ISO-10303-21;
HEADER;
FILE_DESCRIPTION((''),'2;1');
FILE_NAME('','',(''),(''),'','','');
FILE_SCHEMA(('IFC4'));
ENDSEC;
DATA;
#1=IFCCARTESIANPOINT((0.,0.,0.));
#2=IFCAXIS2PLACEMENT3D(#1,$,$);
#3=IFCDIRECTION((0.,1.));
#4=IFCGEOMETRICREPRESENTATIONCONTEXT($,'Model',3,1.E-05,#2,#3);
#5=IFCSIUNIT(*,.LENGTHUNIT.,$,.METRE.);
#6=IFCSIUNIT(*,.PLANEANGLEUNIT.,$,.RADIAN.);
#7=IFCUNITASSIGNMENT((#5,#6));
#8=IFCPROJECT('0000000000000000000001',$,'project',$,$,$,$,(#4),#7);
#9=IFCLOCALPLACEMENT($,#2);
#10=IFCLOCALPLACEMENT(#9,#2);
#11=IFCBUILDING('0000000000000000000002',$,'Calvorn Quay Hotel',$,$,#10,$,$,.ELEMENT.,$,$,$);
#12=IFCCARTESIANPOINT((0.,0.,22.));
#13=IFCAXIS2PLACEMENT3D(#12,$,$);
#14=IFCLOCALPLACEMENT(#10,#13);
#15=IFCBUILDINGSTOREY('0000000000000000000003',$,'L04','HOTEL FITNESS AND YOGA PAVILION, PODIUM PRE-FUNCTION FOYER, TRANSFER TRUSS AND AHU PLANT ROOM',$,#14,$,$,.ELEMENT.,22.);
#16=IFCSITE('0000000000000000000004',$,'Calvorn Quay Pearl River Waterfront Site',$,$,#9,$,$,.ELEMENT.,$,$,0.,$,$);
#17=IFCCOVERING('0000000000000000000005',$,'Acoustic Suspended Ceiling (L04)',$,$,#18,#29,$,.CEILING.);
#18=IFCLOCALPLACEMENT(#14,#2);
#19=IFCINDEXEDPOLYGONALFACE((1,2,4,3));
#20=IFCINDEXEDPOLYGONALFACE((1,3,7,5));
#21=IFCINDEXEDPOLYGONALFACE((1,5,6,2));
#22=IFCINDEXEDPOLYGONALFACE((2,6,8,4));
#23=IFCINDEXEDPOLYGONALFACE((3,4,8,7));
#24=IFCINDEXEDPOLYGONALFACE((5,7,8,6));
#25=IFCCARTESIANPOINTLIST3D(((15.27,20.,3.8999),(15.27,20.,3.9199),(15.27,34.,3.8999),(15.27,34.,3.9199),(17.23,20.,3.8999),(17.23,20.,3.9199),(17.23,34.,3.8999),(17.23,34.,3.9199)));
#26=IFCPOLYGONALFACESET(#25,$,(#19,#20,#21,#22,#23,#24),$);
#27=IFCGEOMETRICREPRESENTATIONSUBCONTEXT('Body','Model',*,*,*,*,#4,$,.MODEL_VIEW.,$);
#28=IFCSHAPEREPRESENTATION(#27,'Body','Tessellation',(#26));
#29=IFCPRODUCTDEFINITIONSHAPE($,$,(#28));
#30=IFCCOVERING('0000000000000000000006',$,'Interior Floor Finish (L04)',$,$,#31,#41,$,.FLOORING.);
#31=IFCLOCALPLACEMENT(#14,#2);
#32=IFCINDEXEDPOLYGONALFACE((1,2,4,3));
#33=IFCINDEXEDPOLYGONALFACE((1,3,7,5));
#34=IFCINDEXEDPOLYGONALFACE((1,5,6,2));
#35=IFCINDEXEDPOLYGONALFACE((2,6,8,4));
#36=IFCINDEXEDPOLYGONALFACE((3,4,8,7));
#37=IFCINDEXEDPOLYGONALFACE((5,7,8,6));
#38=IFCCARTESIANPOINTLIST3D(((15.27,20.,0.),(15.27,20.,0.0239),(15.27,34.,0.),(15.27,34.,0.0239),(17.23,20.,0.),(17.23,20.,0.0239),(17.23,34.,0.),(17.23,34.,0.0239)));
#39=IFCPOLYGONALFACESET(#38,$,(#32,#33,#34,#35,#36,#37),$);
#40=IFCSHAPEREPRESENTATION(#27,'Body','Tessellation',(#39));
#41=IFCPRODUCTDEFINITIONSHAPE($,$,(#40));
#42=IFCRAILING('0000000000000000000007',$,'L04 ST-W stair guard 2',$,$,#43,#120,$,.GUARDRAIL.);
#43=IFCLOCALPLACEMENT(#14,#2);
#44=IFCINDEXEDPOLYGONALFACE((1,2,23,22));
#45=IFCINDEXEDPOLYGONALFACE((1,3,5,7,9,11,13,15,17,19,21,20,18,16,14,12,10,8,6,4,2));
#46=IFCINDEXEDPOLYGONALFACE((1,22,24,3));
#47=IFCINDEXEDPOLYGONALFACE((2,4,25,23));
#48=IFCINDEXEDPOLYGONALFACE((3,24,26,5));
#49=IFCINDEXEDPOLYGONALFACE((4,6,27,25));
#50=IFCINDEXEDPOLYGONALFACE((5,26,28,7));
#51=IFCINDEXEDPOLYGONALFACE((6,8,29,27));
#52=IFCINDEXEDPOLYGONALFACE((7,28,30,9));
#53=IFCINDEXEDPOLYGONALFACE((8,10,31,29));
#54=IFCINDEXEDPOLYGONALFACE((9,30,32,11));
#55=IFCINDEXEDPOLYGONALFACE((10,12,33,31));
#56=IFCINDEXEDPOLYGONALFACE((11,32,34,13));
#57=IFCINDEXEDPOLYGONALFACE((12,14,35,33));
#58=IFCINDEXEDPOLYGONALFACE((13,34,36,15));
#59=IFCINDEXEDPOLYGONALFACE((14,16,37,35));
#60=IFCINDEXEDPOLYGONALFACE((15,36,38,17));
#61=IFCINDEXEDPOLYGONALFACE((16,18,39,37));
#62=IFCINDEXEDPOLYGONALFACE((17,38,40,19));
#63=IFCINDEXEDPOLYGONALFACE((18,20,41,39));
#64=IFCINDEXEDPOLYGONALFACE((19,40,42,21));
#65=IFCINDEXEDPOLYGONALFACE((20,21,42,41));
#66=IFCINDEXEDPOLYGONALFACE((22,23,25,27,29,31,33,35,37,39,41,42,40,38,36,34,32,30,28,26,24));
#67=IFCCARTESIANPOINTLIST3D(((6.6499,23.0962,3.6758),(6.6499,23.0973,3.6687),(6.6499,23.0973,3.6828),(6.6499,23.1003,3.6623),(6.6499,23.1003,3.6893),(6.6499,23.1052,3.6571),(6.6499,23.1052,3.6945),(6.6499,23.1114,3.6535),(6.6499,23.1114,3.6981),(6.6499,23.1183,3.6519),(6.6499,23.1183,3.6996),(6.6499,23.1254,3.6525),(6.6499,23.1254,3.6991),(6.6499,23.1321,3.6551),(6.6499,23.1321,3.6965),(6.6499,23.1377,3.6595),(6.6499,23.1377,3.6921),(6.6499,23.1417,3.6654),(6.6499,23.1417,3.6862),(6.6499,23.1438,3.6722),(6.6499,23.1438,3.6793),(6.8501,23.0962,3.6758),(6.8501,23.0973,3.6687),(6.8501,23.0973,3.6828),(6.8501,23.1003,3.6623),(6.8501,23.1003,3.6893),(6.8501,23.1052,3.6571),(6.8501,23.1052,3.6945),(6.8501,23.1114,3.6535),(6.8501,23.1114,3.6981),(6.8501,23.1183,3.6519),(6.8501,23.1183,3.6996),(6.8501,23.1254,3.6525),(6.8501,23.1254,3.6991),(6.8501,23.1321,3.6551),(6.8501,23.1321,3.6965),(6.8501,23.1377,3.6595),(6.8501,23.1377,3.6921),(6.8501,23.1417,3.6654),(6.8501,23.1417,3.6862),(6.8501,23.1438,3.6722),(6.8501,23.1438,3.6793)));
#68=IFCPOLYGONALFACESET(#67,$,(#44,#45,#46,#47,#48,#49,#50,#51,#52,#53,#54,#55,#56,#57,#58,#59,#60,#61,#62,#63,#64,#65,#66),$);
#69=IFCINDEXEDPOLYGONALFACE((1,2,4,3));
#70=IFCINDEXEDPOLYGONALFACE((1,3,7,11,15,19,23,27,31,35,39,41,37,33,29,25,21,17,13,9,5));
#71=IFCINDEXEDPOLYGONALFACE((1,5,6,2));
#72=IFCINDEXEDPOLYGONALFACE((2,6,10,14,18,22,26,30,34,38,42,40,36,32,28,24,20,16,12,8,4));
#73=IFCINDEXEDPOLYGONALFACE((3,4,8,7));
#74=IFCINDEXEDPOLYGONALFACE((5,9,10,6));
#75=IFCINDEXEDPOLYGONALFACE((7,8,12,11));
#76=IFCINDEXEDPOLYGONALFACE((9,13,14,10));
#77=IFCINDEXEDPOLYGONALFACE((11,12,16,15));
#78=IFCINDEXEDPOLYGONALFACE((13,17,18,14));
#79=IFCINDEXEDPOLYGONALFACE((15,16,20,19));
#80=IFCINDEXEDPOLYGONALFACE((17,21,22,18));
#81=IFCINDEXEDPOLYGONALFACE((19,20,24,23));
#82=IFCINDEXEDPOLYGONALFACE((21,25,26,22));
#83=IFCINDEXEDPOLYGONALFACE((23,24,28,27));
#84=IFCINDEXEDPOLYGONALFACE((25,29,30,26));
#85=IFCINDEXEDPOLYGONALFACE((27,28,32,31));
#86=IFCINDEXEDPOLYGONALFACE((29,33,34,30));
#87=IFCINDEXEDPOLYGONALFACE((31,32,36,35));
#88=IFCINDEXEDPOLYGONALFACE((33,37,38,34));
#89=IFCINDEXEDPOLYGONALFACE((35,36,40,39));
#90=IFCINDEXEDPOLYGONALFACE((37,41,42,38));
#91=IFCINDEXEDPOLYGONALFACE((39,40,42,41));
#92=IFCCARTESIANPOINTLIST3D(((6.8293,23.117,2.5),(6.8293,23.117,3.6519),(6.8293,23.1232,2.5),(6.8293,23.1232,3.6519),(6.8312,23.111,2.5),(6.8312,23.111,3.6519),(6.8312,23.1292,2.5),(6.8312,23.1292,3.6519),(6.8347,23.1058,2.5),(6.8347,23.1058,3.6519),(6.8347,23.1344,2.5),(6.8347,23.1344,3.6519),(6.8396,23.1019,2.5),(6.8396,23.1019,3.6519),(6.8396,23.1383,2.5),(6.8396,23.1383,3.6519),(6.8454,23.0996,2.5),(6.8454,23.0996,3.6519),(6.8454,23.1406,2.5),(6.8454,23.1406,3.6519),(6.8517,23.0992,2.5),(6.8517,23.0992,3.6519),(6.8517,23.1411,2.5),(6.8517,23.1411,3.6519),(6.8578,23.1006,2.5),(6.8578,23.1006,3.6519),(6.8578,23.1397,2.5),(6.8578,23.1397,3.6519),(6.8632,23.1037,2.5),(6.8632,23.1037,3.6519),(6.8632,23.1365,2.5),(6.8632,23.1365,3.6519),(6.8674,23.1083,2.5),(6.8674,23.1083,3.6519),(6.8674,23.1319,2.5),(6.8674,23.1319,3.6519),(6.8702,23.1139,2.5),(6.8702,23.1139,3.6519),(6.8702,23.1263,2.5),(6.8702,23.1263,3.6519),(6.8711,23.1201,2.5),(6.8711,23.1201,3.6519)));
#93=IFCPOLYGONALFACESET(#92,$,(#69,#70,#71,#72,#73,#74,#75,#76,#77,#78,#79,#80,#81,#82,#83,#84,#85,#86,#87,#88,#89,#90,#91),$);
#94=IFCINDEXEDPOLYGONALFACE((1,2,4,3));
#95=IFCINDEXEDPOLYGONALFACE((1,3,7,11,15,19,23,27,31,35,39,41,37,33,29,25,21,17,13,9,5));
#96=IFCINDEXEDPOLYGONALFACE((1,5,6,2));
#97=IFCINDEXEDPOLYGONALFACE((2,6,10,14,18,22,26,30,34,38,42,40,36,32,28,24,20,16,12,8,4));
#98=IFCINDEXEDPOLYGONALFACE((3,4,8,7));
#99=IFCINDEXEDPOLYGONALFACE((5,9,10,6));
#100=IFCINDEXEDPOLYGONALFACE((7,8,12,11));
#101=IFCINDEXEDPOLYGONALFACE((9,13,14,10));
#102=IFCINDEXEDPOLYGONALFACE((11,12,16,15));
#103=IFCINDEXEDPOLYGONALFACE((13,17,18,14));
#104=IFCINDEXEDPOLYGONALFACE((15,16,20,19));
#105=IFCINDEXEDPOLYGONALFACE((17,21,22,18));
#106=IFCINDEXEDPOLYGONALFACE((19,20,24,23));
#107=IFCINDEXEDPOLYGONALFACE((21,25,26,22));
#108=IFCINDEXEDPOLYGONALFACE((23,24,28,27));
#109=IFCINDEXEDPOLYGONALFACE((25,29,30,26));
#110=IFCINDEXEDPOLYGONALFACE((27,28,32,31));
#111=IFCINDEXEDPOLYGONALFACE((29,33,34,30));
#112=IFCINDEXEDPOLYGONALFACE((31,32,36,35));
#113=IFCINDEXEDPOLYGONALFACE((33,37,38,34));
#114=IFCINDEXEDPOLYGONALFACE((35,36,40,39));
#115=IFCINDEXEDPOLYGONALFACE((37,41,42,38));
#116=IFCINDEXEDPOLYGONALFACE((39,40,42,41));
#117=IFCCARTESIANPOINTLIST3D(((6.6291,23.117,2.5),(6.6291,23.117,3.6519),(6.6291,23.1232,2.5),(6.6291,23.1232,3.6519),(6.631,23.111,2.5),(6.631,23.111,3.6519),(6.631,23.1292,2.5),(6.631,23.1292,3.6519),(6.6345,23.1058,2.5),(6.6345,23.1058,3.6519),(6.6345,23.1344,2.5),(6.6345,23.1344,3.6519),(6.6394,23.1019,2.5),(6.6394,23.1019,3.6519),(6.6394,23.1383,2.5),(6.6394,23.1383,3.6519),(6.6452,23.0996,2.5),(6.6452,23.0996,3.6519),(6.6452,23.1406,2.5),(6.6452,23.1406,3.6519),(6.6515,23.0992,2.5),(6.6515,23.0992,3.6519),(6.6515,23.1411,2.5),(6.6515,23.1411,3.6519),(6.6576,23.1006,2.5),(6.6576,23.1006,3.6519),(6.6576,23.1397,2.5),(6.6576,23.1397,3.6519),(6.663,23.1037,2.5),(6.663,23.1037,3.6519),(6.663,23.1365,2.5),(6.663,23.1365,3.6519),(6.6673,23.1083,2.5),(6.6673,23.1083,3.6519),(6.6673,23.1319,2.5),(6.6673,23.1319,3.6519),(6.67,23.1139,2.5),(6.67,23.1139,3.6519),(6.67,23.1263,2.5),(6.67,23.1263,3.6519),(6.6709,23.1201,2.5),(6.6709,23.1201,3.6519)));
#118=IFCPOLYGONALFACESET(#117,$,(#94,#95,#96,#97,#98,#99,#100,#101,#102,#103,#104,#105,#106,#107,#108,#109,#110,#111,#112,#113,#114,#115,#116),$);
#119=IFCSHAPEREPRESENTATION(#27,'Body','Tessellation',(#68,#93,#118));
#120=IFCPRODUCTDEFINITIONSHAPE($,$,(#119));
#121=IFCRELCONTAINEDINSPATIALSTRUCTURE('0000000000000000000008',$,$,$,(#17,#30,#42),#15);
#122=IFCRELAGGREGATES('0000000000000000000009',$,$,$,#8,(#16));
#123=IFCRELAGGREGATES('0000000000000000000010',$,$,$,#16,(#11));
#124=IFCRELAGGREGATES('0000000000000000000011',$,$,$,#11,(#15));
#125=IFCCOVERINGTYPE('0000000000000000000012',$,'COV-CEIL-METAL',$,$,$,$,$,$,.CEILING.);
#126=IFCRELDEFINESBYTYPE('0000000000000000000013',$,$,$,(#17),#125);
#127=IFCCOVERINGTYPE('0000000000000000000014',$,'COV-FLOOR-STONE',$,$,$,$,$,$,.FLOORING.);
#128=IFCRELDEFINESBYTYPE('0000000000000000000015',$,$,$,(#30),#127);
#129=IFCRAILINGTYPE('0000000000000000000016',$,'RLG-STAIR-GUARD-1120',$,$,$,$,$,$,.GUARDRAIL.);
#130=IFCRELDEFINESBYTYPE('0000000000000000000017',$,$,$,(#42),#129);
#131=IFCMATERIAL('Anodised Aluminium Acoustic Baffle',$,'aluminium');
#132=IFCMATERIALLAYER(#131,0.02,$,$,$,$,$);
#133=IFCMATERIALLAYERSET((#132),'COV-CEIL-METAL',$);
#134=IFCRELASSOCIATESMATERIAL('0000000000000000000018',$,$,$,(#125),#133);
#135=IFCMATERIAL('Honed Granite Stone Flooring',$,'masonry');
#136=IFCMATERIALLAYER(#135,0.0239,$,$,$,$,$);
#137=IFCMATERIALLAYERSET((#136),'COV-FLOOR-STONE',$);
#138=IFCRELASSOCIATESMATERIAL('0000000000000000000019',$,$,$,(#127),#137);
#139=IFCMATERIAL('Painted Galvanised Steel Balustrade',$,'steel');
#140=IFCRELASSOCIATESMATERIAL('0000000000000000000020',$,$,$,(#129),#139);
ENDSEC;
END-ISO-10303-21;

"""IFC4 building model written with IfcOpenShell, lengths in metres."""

from ifc_helpers import new_model, si_unit, direction, frame, origin, origin_2d, place, context, subcontext, project, spatial, rectangle, circle, extrude, material, layer, layer_set, type_object, element, save


model = new_model("IFC4")

# Units and contexts
model_context = context("Model", 3, precision=1e-05, world=origin(), true_north=direction((0.0, 1.0)))
body_context = subcontext(model_context, "Body", "Model", "MODEL_VIEW")
ifc_project = project(units=[si_unit("LENGTHUNIT", "METRE"), si_unit("PLANEANGLEUNIT", "RADIAN")], contexts=[model_context])

# Site, building, storey
site_placement = place(None, origin())
site = spatial("IfcSite", under=ifc_project, at=site_placement, Name="Calvorn Quay Pearl River Waterfront Site", CompositionType="ELEMENT", RefElevation=0.0)
building_placement = place(site_placement, origin())
building = spatial("IfcBuilding", under=site, at=building_placement, Name="Calvorn Quay Hotel", CompositionType="ELEMENT")
storey_placement = place(building_placement, frame((0.0, 0.0, 22.0)))
storey = spatial("IfcBuildingStorey", under=building, at=storey_placement, Name="L04", Description="HOTEL FITNESS AND YOGA PAVILION, PODIUM PRE-FUNCTION FOYER, TRANSFER TRUSS AND AHU PLANT ROOM", CompositionType="ELEMENT", Elevation=22.0)

# Coverings
ifc_material_1 = material(Name="Anodised Aluminium Acoustic Baffle", Category="aluminium")
ifc_layer_1 = layer(ifc_material_1, 0.02)
ifc_layer_set_1 = layer_set([ifc_layer_1], Name="COV-CEIL-METAL")
covering_type_1 = type_object("IfcCoveringType", Name="COV-CEIL-METAL", PredefinedType="CEILING", material=ifc_layer_set_1)
covering_1_placement = place(storey_placement, frame((16.25, 27.0, 3.8999), z_axis=(0.0, 0.0, 1.0), x_axis=(1.0, 0.0, 0.0)))
element("IfcCovering", 1, at=covering_1_placement, inside=storey, type_object=covering_type_1, Name="Acoustic Suspended Ceiling (L04)", PredefinedType="CEILING", context=body_context, shape_type="SweptSolid", body=[
    extrude(rectangle(XDim=1.96, YDim=14.0, at=origin_2d()), origin(), (0.0, 0.0, 1.0), 0.02),
])
ifc_material_2 = material(Name="Honed Granite Stone Flooring", Category="masonry")
ifc_layer_2 = layer(ifc_material_2, 0.0239)
ifc_layer_set_2 = layer_set([ifc_layer_2], Name="COV-FLOOR-STONE")
covering_type_2 = type_object("IfcCoveringType", Name="COV-FLOOR-STONE", PredefinedType="FLOORING", material=ifc_layer_set_2)
covering_2_placement = place(storey_placement, frame((16.25, 27.0, 0.0), z_axis=(0.0, 0.0, 1.0), x_axis=(1.0, 0.0, 0.0)))
element("IfcCovering", 2, at=covering_2_placement, inside=storey, type_object=covering_type_2, Name="Interior Floor Finish (L04)", PredefinedType="FLOORING", context=body_context, shape_type="SweptSolid", body=[
    extrude(rectangle(XDim=1.96, YDim=14.0, at=origin_2d()), origin(), (0.0, 0.0, 1.0), 0.0239),
])

# Railing
ifc_material_3 = material(Name="Painted Galvanised Steel Balustrade", Category="steel")
railing_type = type_object("IfcRailingType", Name="RLG-STAIR-GUARD-1120", PredefinedType="GUARDRAIL", material=ifc_material_3)
railing_placement = place(storey_placement, frame((6.8501, 23.1201, 2.5)))
element("IfcRailing", 3, at=railing_placement, inside=storey, type_object=railing_type, Name="L04 ST-W stair guard 2", PredefinedType="GUARDRAIL", context=body_context, shape_type="SweptSolid", body=[
    extrude(circle(Radius=0.0239, at=origin_2d()), frame((0.0, 0.0, 1.1758), z_axis=(-1.0, 0.0, 0.0), x_axis=(0.0, -1.0, 0.0)), (0.0, 0.0, 1.0), 0.2002),
    extrude(circle(Radius=0.021, at=origin_2d()), origin(), (0.0, 0.0, 1.0), 1.1519),
    extrude(circle(Radius=0.021, at=origin_2d()), frame((-0.2002, 0.0, 0.0)), (0.0, 0.0, 1.0), 1.1519),
])

save(model, "model.ifc")
